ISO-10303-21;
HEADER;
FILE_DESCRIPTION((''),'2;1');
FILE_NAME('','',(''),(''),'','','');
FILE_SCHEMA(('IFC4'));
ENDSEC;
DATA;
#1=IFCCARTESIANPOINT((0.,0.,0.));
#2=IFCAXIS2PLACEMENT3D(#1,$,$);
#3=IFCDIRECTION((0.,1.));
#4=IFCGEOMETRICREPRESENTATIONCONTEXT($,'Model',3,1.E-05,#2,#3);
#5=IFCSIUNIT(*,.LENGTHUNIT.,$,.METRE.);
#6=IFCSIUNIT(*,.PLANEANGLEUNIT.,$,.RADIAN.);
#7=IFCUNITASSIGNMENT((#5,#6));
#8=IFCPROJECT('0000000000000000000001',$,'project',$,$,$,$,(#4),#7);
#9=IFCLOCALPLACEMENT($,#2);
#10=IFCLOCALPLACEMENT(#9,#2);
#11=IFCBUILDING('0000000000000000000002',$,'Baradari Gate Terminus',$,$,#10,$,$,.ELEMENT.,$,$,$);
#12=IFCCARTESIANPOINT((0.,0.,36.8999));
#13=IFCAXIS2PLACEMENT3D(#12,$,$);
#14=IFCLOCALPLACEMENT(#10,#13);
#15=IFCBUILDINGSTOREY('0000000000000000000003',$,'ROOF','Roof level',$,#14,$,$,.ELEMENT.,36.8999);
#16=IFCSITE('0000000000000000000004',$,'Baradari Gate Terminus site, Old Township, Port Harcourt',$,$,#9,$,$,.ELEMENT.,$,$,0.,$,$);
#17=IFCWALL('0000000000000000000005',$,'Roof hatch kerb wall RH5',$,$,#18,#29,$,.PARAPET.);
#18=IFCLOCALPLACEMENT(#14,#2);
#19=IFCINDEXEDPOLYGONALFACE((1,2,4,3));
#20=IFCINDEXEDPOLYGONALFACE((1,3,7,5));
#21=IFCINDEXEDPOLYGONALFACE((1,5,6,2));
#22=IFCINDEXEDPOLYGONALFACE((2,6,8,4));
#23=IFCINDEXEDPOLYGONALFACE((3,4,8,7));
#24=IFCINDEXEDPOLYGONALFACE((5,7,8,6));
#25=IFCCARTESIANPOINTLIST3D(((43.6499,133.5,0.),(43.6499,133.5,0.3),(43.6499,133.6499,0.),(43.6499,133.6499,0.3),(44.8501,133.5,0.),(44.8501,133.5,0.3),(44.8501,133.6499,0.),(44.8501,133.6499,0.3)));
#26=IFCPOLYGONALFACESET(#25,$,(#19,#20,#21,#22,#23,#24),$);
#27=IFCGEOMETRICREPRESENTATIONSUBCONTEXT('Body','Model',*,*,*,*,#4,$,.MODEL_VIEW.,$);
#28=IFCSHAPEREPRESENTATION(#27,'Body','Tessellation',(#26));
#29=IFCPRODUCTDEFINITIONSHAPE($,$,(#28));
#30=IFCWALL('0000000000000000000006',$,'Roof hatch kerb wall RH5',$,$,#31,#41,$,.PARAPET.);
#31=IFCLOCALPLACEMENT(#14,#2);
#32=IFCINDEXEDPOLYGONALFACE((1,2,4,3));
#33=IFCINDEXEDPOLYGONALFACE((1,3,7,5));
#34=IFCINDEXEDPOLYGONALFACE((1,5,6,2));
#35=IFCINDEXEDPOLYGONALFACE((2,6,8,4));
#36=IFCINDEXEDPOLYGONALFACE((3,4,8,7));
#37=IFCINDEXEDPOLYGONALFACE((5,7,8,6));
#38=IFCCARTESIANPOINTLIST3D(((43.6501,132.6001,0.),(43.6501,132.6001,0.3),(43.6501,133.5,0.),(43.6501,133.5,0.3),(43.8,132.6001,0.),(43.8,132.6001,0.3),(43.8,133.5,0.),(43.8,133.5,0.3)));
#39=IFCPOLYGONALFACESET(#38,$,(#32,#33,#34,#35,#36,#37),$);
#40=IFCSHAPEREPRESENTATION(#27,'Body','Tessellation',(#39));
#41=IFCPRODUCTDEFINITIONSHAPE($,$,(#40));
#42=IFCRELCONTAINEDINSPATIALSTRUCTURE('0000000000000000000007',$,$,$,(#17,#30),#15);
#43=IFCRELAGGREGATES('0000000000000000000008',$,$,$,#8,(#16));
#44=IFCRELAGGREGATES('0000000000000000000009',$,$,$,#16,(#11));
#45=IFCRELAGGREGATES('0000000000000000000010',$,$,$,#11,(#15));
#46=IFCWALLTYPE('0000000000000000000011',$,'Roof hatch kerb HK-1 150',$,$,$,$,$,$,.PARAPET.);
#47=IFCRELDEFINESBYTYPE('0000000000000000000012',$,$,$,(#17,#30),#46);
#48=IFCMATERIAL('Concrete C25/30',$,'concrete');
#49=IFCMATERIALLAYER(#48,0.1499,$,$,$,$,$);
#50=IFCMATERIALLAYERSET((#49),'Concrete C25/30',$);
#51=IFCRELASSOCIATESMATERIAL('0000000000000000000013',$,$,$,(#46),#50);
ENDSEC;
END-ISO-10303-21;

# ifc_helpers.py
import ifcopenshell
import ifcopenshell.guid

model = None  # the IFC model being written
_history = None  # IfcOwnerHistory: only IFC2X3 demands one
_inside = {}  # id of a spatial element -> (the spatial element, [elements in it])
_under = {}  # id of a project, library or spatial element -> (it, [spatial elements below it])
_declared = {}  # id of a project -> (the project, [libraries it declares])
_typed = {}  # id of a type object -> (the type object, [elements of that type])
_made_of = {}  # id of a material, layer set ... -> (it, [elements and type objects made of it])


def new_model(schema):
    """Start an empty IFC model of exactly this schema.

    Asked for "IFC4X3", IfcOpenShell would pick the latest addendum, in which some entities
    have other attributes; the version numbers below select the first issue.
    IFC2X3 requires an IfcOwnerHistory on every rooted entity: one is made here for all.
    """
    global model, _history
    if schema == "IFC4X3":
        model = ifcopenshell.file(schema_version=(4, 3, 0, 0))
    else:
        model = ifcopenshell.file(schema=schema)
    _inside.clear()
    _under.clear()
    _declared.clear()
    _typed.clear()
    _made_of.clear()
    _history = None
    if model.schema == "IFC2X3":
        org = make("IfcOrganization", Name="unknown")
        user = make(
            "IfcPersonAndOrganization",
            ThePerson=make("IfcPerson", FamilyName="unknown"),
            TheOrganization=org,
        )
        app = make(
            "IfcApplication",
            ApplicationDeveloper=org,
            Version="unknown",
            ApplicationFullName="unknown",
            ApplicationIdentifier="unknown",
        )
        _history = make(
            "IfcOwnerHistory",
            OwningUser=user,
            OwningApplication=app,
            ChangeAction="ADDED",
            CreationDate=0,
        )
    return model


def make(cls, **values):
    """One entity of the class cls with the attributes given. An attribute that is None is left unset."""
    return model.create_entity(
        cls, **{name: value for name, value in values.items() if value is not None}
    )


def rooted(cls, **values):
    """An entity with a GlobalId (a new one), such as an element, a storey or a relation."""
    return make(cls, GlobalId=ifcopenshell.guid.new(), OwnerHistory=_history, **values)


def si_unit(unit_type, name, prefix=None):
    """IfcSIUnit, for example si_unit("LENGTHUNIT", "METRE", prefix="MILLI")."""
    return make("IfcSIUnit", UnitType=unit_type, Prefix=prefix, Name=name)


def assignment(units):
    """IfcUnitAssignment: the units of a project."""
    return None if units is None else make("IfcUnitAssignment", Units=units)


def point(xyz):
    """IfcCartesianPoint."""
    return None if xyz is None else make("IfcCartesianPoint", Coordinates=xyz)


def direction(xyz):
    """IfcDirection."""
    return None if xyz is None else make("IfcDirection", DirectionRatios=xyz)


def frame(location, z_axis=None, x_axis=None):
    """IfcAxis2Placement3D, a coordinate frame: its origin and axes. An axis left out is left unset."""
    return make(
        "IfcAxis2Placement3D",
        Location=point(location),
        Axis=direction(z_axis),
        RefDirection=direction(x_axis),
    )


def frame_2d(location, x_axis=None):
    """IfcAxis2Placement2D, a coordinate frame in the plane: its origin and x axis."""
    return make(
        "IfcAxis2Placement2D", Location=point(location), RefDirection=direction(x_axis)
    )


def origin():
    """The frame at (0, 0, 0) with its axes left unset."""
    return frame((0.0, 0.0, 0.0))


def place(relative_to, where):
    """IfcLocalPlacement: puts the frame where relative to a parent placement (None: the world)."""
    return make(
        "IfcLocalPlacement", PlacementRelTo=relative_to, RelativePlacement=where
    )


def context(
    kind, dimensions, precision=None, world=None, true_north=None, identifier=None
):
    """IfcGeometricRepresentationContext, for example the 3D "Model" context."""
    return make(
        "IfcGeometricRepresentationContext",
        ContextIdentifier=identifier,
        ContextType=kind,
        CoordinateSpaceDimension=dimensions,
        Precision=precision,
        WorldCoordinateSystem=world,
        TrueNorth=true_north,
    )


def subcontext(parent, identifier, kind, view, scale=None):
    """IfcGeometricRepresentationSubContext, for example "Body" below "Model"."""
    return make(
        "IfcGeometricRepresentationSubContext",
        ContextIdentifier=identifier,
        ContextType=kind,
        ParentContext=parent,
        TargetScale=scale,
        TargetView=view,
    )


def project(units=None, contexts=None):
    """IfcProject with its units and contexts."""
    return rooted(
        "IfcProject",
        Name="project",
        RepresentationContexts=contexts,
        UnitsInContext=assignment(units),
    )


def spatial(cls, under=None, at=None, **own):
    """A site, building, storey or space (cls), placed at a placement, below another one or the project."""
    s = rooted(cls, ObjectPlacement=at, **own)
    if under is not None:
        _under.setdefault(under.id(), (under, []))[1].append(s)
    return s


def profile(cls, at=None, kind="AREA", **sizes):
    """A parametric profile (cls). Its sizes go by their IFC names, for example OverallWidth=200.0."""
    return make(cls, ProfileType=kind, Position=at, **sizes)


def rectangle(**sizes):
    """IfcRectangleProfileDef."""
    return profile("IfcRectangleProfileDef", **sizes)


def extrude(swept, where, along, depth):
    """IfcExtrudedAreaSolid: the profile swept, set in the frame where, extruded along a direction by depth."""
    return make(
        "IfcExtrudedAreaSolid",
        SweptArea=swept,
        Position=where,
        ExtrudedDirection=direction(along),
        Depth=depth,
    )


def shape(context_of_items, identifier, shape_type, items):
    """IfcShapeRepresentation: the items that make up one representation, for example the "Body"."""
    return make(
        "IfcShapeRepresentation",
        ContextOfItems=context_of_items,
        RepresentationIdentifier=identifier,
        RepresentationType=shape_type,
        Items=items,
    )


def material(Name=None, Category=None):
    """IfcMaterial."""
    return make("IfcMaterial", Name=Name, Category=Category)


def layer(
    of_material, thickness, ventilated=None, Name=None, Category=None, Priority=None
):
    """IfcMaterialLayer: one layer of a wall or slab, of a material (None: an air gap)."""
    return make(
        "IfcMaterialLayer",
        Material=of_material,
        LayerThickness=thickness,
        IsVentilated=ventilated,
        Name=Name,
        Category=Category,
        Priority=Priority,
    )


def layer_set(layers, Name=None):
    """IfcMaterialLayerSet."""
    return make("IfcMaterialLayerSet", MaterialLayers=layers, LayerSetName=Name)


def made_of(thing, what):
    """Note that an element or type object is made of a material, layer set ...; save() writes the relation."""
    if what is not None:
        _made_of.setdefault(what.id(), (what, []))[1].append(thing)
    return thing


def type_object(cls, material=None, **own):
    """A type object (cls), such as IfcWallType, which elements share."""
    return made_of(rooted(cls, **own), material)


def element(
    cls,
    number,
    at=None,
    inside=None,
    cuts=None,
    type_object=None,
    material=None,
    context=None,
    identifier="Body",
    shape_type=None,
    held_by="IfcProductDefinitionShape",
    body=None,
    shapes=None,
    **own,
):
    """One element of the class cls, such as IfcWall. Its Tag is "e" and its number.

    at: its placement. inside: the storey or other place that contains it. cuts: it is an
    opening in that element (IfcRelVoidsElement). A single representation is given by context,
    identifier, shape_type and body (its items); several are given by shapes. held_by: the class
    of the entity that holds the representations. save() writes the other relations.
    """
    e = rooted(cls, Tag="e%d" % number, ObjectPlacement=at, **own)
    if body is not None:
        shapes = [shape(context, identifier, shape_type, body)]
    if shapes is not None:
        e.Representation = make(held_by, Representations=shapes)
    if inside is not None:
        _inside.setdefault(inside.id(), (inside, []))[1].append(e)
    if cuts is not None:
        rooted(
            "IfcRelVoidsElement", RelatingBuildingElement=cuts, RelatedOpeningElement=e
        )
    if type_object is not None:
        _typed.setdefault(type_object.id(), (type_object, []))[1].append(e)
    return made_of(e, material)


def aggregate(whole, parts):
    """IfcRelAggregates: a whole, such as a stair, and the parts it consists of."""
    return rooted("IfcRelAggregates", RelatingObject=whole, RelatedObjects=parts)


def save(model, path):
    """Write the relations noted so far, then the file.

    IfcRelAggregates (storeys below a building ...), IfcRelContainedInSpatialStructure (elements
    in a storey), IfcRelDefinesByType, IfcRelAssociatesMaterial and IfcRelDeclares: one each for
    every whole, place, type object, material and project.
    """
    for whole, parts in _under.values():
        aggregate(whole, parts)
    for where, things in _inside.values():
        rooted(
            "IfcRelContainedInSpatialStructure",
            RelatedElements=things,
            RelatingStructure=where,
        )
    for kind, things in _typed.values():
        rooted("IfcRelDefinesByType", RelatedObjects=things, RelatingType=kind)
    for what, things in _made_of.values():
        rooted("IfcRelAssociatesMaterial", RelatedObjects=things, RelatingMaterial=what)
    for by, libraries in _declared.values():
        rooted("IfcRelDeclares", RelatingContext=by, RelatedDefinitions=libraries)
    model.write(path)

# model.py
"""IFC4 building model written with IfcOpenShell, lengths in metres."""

from ifc_helpers import new_model, si_unit, direction, frame, frame_2d, origin, place, context, subcontext, project, spatial, rectangle, extrude, material, layer, layer_set, type_object, element, save


model = new_model("IFC4")

# Units and contexts
model_context = context("Model", 3, precision=1e-05, world=origin(), true_north=direction((0.0, 1.0)))
body_context = subcontext(model_context, "Body", "Model", "MODEL_VIEW")
ifc_project = project(units=[si_unit("LENGTHUNIT", "METRE"), si_unit("PLANEANGLEUNIT", "RADIAN")], contexts=[model_context])

# Site, building, storey
site_placement = place(None, origin())
site = spatial("IfcSite", under=ifc_project, at=site_placement, Name="Baradari Gate Terminus site, Old Township, Port Harcourt", CompositionType="ELEMENT", RefElevation=0.0)
building_placement = place(site_placement, origin())
building = spatial("IfcBuilding", under=site, at=building_placement, Name="Baradari Gate Terminus", CompositionType="ELEMENT")
storey_placement = place(building_placement, frame((0.0, 0.0, 36.8999)))
storey = spatial("IfcBuildingStorey", under=building, at=storey_placement, Name="ROOF", Description="Roof level", CompositionType="ELEMENT", Elevation=36.8999)

# Walls
ifc_material_1 = material(Name="Concrete C25/30", Category="concrete")
ifc_layer_1 = layer(ifc_material_1, 0.1499)
ifc_layer_set_1 = layer_set([ifc_layer_1], Name="Concrete C25/30")
wall_type_1 = type_object("IfcWallType", Name="Roof hatch kerb HK-1 150", PredefinedType="PARAPET", material=ifc_layer_set_1)
wall_1_placement = place(storey_placement, frame((44.8501, 133.575, 0.0), z_axis=(0.0, 0.0, 1.0), x_axis=(-1.0, 0.0, 0.0)))
element("IfcWall", 1, at=wall_1_placement, inside=storey, type_object=wall_type_1, Name="Roof hatch kerb wall RH5", PredefinedType="PARAPET", context=body_context, shape_type="SweptSolid", body=[
    extrude(rectangle(XDim=1.2002, YDim=0.1499, at=frame_2d((0.6001, 0.0))), origin(), (0.0, 0.0, 1.0), 0.3),
])
wall_2_placement = place(storey_placement, frame((43.7251, 133.5, 0.0), z_axis=(0.0, 0.0, 1.0), x_axis=(0.0, -1.0, 0.0)))
element("IfcWall", 2, at=wall_2_placement, inside=storey, type_object=wall_type_1, Name="Roof hatch kerb wall RH5", PredefinedType="PARAPET", context=body_context, shape_type="SweptSolid", body=[
    extrude(rectangle(XDim=0.8999, YDim=0.1499, at=frame_2d((0.45, 0.0))), origin(), (0.0, 0.0, 1.0), 0.3),
])

save(model, "model.ifc")
